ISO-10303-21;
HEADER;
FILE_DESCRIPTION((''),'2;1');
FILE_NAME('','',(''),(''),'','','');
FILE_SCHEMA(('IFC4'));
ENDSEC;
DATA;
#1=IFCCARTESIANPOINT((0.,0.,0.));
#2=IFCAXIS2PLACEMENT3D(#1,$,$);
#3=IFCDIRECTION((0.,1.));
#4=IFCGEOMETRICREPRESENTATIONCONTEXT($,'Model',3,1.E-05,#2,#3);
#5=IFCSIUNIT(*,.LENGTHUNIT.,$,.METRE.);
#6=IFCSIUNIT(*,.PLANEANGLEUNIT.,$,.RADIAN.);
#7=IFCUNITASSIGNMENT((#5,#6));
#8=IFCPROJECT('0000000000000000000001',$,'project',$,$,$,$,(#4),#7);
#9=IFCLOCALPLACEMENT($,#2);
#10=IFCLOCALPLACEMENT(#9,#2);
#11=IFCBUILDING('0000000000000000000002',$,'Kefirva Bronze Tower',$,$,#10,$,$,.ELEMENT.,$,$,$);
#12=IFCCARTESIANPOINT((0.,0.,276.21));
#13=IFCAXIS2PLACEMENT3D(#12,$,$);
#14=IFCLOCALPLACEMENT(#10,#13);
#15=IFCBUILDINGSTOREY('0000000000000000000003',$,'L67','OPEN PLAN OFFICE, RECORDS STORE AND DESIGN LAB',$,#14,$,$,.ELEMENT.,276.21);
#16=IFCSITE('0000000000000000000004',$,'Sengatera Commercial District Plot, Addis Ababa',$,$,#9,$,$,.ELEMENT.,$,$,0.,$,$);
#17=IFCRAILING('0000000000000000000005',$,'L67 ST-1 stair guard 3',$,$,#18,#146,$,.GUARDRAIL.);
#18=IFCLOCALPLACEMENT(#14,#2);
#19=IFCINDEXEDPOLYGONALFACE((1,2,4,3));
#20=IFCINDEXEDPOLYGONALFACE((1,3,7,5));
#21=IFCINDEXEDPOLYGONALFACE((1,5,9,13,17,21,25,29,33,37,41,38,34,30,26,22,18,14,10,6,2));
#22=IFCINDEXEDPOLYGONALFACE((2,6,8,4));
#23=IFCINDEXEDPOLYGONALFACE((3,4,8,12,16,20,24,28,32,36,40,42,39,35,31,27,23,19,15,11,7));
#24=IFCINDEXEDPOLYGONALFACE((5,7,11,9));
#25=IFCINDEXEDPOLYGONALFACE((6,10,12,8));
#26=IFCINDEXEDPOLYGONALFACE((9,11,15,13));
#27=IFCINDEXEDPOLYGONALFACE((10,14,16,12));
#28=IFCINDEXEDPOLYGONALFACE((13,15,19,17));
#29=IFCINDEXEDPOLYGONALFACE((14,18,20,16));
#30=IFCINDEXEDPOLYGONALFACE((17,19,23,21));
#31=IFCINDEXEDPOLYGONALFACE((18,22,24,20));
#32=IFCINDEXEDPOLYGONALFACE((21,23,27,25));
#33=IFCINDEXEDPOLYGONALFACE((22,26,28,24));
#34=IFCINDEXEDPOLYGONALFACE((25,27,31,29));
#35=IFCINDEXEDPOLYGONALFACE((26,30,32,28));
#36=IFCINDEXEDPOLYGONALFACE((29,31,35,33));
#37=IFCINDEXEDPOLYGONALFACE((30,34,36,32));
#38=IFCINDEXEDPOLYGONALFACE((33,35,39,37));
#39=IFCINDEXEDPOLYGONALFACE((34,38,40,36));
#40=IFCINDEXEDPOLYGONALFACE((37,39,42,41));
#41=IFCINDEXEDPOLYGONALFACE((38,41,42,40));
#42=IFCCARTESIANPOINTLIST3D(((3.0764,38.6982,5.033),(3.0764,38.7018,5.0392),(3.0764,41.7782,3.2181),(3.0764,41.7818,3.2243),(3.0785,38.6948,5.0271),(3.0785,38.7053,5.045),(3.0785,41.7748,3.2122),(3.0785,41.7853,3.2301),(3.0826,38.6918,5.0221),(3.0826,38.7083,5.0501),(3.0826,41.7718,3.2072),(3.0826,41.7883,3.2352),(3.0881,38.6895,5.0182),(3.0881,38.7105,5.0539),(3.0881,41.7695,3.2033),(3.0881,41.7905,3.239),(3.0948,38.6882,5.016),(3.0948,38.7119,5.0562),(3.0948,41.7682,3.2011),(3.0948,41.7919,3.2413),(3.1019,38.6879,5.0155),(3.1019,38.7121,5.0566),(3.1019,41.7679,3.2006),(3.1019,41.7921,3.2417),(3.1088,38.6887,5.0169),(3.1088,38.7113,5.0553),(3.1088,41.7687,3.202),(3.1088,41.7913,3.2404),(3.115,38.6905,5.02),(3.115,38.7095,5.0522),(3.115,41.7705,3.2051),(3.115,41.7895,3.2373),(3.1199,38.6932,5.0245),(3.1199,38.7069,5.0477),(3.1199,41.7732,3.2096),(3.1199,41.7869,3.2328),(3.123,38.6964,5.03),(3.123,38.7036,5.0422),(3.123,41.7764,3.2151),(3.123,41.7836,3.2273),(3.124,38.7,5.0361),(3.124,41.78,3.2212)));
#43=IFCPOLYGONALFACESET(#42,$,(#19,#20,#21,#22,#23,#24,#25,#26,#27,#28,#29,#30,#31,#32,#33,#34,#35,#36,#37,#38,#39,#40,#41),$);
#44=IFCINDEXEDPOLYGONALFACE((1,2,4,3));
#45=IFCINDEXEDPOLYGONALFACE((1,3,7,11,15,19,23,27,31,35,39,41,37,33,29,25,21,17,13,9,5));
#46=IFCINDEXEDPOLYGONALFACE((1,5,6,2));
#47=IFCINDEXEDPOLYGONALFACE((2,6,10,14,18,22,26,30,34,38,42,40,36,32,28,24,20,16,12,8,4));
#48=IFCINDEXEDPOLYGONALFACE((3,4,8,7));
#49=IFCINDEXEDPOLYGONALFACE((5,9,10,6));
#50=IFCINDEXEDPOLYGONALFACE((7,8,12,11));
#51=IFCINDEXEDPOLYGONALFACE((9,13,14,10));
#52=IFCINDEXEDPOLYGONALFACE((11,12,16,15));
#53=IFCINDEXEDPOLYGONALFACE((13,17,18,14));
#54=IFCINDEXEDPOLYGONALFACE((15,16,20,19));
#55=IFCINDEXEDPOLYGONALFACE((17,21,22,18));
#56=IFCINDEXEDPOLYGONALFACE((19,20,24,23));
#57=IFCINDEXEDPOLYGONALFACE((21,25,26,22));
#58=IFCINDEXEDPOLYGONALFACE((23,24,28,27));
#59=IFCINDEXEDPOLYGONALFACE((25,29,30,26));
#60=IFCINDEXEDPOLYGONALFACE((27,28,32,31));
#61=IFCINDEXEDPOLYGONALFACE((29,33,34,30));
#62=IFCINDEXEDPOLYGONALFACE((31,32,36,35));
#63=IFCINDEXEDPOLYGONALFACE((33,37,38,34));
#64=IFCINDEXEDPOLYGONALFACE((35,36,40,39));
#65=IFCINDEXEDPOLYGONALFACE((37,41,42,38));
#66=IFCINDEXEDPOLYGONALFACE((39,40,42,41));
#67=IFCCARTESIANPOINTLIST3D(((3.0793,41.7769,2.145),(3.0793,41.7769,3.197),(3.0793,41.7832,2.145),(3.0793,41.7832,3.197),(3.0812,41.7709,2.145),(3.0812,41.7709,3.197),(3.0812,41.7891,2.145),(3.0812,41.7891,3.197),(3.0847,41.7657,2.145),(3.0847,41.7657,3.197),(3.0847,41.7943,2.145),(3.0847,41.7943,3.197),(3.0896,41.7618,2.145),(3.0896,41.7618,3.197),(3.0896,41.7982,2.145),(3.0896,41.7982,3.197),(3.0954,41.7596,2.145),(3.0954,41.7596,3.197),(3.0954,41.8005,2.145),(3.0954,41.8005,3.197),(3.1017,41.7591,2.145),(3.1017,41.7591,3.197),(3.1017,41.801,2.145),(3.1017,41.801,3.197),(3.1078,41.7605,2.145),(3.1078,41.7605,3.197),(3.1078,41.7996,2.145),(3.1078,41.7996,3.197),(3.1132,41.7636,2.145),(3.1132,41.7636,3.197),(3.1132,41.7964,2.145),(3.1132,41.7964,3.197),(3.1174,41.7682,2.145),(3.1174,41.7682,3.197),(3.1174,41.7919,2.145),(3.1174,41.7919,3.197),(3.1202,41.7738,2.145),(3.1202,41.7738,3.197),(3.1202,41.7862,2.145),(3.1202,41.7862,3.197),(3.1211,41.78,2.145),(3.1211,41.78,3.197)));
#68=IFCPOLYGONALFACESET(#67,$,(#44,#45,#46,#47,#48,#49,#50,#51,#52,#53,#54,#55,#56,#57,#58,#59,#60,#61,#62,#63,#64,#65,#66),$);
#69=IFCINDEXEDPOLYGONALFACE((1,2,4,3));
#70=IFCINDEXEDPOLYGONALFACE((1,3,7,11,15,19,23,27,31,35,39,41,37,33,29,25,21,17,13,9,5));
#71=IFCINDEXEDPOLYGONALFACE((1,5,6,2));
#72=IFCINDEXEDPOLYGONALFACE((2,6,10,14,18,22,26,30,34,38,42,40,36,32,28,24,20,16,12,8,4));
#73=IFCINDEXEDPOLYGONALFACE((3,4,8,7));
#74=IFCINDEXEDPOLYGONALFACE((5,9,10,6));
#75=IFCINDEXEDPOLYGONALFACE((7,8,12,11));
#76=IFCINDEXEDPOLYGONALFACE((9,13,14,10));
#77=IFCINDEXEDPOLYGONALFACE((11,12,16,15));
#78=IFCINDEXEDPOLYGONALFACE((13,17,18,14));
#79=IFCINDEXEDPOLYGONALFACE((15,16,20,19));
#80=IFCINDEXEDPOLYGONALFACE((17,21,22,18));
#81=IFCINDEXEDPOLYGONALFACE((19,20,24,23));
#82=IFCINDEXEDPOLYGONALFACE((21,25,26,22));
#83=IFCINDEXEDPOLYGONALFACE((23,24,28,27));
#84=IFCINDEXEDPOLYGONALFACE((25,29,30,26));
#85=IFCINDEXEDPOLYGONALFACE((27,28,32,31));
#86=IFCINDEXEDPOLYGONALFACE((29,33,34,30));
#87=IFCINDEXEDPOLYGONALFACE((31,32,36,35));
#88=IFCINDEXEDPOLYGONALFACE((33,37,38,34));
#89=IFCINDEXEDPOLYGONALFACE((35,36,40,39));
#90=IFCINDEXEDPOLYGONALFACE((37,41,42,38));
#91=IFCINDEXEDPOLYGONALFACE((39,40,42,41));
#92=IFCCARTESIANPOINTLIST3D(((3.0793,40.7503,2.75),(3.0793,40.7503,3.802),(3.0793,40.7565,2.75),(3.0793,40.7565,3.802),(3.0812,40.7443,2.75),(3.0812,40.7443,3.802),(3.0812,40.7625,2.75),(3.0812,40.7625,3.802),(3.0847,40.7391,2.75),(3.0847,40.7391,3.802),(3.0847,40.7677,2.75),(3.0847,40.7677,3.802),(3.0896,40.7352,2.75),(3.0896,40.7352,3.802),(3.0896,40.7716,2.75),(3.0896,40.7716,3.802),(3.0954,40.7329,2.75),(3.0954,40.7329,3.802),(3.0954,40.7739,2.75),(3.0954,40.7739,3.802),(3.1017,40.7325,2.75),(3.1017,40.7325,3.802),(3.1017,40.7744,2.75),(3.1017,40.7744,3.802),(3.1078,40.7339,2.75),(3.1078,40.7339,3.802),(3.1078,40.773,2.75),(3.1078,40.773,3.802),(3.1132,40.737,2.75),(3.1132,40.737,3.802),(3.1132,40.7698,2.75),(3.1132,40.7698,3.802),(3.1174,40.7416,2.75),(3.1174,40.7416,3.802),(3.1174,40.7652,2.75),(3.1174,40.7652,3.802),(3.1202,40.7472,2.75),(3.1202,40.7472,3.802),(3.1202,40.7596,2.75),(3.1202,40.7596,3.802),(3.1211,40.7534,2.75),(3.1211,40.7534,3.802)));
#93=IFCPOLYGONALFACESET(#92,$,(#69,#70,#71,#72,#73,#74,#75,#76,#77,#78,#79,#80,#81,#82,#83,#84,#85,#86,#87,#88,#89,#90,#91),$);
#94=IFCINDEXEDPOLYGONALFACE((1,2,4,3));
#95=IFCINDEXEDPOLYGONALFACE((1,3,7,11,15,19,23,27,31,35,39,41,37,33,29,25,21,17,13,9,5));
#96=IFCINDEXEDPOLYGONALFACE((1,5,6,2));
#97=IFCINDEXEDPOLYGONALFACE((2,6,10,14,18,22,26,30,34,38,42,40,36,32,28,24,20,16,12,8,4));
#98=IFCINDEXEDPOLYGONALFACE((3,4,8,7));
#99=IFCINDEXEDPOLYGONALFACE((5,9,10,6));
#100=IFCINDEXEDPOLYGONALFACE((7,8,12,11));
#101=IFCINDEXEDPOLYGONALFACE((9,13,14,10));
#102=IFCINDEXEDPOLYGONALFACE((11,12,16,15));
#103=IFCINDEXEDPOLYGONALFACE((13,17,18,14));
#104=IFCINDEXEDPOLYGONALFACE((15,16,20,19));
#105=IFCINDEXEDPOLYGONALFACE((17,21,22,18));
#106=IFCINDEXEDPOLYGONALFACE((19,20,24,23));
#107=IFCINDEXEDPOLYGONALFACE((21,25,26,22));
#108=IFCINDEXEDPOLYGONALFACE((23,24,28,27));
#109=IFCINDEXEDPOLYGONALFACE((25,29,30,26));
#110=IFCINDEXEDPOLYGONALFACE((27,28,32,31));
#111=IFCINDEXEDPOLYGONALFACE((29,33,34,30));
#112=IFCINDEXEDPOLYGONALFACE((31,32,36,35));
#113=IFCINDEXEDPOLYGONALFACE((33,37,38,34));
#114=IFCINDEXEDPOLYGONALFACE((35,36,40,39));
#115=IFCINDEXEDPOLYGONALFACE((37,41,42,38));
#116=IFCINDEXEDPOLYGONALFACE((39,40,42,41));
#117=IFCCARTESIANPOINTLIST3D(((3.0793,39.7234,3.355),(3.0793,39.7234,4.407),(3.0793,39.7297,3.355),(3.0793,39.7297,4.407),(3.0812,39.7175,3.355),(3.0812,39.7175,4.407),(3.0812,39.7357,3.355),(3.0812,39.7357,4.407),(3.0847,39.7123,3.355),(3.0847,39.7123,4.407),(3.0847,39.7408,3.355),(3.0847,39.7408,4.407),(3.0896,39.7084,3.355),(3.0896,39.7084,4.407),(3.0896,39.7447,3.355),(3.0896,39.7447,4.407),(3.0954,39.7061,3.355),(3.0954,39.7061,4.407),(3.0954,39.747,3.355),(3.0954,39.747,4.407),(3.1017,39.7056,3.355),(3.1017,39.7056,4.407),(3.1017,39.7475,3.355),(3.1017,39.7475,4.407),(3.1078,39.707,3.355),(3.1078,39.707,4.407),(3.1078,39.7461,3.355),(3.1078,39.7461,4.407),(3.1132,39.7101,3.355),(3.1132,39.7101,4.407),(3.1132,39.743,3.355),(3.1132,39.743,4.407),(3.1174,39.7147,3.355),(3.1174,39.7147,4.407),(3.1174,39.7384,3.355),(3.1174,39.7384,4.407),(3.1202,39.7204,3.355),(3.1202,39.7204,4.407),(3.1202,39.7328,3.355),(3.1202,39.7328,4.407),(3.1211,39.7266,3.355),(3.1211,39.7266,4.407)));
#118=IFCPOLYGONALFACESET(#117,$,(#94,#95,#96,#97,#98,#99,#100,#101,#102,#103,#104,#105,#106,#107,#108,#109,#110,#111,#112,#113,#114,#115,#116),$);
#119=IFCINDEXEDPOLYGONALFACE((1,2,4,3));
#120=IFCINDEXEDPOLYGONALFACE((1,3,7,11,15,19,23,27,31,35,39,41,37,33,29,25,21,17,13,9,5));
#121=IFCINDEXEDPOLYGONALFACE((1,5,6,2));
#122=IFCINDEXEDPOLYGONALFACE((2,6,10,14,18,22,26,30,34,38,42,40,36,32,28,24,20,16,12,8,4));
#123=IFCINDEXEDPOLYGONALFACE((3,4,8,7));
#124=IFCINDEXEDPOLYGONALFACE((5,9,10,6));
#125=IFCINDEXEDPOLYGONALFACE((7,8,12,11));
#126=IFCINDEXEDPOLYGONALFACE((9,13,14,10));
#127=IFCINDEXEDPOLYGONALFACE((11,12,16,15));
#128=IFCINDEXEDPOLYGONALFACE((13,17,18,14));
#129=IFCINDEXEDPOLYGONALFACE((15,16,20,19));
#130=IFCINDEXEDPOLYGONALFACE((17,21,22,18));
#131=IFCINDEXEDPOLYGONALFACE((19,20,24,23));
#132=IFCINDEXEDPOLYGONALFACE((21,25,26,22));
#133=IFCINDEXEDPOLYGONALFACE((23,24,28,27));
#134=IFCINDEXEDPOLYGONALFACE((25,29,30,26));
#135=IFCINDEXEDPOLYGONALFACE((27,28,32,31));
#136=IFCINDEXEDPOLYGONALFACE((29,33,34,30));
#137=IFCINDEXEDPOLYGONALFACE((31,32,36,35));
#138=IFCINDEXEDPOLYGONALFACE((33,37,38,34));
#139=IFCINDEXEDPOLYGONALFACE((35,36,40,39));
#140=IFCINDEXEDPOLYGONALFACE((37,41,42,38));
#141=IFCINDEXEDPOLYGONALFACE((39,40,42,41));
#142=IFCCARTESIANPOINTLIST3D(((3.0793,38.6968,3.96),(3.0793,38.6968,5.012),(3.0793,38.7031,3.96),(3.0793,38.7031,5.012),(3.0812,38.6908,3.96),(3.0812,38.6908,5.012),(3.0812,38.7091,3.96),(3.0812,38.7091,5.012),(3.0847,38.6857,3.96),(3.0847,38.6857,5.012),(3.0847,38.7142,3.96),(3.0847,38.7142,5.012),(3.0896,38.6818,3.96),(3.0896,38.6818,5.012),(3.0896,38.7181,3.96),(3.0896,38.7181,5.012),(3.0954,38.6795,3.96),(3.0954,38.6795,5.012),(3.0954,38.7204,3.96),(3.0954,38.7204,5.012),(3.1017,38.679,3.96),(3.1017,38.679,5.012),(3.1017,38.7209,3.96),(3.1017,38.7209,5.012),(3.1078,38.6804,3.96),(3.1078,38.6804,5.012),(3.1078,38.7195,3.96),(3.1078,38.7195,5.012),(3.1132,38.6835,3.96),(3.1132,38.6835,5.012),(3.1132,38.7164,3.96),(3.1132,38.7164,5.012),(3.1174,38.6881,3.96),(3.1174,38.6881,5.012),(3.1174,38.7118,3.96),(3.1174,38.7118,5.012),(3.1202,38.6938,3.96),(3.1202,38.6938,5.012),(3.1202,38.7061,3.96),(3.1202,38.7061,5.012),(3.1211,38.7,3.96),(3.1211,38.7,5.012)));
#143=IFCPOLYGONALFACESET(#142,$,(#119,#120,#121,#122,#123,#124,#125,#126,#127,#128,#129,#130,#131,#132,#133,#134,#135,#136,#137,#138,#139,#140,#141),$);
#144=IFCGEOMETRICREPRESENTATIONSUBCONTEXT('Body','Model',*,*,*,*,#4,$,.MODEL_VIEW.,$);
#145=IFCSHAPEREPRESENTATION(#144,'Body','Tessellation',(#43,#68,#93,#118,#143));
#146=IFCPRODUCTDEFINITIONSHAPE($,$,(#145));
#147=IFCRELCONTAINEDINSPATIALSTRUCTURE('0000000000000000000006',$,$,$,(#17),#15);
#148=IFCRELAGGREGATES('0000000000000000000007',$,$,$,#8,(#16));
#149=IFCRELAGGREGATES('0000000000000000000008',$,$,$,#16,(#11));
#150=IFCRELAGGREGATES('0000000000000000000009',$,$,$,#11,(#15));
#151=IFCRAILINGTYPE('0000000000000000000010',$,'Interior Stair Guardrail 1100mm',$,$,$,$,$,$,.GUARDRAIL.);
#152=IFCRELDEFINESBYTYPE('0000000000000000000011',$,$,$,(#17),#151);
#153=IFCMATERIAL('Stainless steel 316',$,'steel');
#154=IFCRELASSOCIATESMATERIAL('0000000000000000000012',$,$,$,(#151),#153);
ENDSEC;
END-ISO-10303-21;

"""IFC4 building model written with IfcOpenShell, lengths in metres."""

from ifc_helpers import new_model, si_unit, direction, frame, origin, origin_2d, place, context, subcontext, project, spatial, circle, extrude, material, type_object, element, save


model = new_model("IFC4")

# Units and contexts
model_context = context("Model", 3, precision=1e-05, world=origin(), true_north=direction((0.0, 1.0)))
body_context = subcontext(model_context, "Body", "Model", "MODEL_VIEW")
ifc_project = project(units=[si_unit("LENGTHUNIT", "METRE"), si_unit("PLANEANGLEUNIT", "RADIAN")], contexts=[model_context])

# Site, building, storey
site_placement = place(None, origin())
site = spatial("IfcSite", under=ifc_project, at=site_placement, Name="Sengatera Commercial District Plot, Addis Ababa", CompositionType="ELEMENT", RefElevation=0.0)
building_placement = place(site_placement, origin())
building = spatial("IfcBuilding", under=site, at=building_placement, Name="Kefirva Bronze Tower", CompositionType="ELEMENT")
storey_placement = place(building_placement, frame((0.0, 0.0, 276.21)))
storey = spatial("IfcBuildingStorey", under=building, at=storey_placement, Name="L67", Description="OPEN PLAN OFFICE, RECORDS STORE AND DESIGN LAB", CompositionType="ELEMENT", Elevation=276.21)

# Railing
ifc_material_1 = material(Name="Stainless steel 316", Category="steel")
railing_type_1 = type_object("IfcRailingType", Name="Interior Stair Guardrail 1100mm", PredefinedType="GUARDRAIL", material=ifc_material_1)
railing_1_placement = place(storey_placement, frame((3.1001, 41.78, 2.145)))
element("IfcRailing", 1, at=railing_1_placement, inside=storey, type_object=railing_type_1, Name="L67 ST-1 stair guard 3", PredefinedType="GUARDRAIL", context=body_context, shape_type="SweptSolid", body=[
    extrude(circle(Radius=0.0239, at=origin_2d()), frame((0.0, 0.0, 1.0762), z_axis=(0.0, -0.861551, 0.507671), x_axis=(1.0, 0.0, 0.0)), (0.0, 0.0, 1.0), 3.575),
    extrude(circle(Radius=0.021, at=origin_2d()), origin(), (0.0, 0.0, 1.0), 1.052),
    extrude(circle(Radius=0.021, at=origin_2d()), frame((0.0, -1.0266, 0.605)), (0.0, 0.0, 1.0), 1.052),
    extrude(circle(Radius=0.021, at=origin_2d()), frame((0.0, -2.0535, 1.21)), (0.0, 0.0, 1.0), 1.052),
    extrude(circle(Radius=0.021, at=origin_2d()), frame((0.0, -3.0801, 1.8149)), (0.0, 0.0, 1.0), 1.052),
])

save(model, "model.ifc")
